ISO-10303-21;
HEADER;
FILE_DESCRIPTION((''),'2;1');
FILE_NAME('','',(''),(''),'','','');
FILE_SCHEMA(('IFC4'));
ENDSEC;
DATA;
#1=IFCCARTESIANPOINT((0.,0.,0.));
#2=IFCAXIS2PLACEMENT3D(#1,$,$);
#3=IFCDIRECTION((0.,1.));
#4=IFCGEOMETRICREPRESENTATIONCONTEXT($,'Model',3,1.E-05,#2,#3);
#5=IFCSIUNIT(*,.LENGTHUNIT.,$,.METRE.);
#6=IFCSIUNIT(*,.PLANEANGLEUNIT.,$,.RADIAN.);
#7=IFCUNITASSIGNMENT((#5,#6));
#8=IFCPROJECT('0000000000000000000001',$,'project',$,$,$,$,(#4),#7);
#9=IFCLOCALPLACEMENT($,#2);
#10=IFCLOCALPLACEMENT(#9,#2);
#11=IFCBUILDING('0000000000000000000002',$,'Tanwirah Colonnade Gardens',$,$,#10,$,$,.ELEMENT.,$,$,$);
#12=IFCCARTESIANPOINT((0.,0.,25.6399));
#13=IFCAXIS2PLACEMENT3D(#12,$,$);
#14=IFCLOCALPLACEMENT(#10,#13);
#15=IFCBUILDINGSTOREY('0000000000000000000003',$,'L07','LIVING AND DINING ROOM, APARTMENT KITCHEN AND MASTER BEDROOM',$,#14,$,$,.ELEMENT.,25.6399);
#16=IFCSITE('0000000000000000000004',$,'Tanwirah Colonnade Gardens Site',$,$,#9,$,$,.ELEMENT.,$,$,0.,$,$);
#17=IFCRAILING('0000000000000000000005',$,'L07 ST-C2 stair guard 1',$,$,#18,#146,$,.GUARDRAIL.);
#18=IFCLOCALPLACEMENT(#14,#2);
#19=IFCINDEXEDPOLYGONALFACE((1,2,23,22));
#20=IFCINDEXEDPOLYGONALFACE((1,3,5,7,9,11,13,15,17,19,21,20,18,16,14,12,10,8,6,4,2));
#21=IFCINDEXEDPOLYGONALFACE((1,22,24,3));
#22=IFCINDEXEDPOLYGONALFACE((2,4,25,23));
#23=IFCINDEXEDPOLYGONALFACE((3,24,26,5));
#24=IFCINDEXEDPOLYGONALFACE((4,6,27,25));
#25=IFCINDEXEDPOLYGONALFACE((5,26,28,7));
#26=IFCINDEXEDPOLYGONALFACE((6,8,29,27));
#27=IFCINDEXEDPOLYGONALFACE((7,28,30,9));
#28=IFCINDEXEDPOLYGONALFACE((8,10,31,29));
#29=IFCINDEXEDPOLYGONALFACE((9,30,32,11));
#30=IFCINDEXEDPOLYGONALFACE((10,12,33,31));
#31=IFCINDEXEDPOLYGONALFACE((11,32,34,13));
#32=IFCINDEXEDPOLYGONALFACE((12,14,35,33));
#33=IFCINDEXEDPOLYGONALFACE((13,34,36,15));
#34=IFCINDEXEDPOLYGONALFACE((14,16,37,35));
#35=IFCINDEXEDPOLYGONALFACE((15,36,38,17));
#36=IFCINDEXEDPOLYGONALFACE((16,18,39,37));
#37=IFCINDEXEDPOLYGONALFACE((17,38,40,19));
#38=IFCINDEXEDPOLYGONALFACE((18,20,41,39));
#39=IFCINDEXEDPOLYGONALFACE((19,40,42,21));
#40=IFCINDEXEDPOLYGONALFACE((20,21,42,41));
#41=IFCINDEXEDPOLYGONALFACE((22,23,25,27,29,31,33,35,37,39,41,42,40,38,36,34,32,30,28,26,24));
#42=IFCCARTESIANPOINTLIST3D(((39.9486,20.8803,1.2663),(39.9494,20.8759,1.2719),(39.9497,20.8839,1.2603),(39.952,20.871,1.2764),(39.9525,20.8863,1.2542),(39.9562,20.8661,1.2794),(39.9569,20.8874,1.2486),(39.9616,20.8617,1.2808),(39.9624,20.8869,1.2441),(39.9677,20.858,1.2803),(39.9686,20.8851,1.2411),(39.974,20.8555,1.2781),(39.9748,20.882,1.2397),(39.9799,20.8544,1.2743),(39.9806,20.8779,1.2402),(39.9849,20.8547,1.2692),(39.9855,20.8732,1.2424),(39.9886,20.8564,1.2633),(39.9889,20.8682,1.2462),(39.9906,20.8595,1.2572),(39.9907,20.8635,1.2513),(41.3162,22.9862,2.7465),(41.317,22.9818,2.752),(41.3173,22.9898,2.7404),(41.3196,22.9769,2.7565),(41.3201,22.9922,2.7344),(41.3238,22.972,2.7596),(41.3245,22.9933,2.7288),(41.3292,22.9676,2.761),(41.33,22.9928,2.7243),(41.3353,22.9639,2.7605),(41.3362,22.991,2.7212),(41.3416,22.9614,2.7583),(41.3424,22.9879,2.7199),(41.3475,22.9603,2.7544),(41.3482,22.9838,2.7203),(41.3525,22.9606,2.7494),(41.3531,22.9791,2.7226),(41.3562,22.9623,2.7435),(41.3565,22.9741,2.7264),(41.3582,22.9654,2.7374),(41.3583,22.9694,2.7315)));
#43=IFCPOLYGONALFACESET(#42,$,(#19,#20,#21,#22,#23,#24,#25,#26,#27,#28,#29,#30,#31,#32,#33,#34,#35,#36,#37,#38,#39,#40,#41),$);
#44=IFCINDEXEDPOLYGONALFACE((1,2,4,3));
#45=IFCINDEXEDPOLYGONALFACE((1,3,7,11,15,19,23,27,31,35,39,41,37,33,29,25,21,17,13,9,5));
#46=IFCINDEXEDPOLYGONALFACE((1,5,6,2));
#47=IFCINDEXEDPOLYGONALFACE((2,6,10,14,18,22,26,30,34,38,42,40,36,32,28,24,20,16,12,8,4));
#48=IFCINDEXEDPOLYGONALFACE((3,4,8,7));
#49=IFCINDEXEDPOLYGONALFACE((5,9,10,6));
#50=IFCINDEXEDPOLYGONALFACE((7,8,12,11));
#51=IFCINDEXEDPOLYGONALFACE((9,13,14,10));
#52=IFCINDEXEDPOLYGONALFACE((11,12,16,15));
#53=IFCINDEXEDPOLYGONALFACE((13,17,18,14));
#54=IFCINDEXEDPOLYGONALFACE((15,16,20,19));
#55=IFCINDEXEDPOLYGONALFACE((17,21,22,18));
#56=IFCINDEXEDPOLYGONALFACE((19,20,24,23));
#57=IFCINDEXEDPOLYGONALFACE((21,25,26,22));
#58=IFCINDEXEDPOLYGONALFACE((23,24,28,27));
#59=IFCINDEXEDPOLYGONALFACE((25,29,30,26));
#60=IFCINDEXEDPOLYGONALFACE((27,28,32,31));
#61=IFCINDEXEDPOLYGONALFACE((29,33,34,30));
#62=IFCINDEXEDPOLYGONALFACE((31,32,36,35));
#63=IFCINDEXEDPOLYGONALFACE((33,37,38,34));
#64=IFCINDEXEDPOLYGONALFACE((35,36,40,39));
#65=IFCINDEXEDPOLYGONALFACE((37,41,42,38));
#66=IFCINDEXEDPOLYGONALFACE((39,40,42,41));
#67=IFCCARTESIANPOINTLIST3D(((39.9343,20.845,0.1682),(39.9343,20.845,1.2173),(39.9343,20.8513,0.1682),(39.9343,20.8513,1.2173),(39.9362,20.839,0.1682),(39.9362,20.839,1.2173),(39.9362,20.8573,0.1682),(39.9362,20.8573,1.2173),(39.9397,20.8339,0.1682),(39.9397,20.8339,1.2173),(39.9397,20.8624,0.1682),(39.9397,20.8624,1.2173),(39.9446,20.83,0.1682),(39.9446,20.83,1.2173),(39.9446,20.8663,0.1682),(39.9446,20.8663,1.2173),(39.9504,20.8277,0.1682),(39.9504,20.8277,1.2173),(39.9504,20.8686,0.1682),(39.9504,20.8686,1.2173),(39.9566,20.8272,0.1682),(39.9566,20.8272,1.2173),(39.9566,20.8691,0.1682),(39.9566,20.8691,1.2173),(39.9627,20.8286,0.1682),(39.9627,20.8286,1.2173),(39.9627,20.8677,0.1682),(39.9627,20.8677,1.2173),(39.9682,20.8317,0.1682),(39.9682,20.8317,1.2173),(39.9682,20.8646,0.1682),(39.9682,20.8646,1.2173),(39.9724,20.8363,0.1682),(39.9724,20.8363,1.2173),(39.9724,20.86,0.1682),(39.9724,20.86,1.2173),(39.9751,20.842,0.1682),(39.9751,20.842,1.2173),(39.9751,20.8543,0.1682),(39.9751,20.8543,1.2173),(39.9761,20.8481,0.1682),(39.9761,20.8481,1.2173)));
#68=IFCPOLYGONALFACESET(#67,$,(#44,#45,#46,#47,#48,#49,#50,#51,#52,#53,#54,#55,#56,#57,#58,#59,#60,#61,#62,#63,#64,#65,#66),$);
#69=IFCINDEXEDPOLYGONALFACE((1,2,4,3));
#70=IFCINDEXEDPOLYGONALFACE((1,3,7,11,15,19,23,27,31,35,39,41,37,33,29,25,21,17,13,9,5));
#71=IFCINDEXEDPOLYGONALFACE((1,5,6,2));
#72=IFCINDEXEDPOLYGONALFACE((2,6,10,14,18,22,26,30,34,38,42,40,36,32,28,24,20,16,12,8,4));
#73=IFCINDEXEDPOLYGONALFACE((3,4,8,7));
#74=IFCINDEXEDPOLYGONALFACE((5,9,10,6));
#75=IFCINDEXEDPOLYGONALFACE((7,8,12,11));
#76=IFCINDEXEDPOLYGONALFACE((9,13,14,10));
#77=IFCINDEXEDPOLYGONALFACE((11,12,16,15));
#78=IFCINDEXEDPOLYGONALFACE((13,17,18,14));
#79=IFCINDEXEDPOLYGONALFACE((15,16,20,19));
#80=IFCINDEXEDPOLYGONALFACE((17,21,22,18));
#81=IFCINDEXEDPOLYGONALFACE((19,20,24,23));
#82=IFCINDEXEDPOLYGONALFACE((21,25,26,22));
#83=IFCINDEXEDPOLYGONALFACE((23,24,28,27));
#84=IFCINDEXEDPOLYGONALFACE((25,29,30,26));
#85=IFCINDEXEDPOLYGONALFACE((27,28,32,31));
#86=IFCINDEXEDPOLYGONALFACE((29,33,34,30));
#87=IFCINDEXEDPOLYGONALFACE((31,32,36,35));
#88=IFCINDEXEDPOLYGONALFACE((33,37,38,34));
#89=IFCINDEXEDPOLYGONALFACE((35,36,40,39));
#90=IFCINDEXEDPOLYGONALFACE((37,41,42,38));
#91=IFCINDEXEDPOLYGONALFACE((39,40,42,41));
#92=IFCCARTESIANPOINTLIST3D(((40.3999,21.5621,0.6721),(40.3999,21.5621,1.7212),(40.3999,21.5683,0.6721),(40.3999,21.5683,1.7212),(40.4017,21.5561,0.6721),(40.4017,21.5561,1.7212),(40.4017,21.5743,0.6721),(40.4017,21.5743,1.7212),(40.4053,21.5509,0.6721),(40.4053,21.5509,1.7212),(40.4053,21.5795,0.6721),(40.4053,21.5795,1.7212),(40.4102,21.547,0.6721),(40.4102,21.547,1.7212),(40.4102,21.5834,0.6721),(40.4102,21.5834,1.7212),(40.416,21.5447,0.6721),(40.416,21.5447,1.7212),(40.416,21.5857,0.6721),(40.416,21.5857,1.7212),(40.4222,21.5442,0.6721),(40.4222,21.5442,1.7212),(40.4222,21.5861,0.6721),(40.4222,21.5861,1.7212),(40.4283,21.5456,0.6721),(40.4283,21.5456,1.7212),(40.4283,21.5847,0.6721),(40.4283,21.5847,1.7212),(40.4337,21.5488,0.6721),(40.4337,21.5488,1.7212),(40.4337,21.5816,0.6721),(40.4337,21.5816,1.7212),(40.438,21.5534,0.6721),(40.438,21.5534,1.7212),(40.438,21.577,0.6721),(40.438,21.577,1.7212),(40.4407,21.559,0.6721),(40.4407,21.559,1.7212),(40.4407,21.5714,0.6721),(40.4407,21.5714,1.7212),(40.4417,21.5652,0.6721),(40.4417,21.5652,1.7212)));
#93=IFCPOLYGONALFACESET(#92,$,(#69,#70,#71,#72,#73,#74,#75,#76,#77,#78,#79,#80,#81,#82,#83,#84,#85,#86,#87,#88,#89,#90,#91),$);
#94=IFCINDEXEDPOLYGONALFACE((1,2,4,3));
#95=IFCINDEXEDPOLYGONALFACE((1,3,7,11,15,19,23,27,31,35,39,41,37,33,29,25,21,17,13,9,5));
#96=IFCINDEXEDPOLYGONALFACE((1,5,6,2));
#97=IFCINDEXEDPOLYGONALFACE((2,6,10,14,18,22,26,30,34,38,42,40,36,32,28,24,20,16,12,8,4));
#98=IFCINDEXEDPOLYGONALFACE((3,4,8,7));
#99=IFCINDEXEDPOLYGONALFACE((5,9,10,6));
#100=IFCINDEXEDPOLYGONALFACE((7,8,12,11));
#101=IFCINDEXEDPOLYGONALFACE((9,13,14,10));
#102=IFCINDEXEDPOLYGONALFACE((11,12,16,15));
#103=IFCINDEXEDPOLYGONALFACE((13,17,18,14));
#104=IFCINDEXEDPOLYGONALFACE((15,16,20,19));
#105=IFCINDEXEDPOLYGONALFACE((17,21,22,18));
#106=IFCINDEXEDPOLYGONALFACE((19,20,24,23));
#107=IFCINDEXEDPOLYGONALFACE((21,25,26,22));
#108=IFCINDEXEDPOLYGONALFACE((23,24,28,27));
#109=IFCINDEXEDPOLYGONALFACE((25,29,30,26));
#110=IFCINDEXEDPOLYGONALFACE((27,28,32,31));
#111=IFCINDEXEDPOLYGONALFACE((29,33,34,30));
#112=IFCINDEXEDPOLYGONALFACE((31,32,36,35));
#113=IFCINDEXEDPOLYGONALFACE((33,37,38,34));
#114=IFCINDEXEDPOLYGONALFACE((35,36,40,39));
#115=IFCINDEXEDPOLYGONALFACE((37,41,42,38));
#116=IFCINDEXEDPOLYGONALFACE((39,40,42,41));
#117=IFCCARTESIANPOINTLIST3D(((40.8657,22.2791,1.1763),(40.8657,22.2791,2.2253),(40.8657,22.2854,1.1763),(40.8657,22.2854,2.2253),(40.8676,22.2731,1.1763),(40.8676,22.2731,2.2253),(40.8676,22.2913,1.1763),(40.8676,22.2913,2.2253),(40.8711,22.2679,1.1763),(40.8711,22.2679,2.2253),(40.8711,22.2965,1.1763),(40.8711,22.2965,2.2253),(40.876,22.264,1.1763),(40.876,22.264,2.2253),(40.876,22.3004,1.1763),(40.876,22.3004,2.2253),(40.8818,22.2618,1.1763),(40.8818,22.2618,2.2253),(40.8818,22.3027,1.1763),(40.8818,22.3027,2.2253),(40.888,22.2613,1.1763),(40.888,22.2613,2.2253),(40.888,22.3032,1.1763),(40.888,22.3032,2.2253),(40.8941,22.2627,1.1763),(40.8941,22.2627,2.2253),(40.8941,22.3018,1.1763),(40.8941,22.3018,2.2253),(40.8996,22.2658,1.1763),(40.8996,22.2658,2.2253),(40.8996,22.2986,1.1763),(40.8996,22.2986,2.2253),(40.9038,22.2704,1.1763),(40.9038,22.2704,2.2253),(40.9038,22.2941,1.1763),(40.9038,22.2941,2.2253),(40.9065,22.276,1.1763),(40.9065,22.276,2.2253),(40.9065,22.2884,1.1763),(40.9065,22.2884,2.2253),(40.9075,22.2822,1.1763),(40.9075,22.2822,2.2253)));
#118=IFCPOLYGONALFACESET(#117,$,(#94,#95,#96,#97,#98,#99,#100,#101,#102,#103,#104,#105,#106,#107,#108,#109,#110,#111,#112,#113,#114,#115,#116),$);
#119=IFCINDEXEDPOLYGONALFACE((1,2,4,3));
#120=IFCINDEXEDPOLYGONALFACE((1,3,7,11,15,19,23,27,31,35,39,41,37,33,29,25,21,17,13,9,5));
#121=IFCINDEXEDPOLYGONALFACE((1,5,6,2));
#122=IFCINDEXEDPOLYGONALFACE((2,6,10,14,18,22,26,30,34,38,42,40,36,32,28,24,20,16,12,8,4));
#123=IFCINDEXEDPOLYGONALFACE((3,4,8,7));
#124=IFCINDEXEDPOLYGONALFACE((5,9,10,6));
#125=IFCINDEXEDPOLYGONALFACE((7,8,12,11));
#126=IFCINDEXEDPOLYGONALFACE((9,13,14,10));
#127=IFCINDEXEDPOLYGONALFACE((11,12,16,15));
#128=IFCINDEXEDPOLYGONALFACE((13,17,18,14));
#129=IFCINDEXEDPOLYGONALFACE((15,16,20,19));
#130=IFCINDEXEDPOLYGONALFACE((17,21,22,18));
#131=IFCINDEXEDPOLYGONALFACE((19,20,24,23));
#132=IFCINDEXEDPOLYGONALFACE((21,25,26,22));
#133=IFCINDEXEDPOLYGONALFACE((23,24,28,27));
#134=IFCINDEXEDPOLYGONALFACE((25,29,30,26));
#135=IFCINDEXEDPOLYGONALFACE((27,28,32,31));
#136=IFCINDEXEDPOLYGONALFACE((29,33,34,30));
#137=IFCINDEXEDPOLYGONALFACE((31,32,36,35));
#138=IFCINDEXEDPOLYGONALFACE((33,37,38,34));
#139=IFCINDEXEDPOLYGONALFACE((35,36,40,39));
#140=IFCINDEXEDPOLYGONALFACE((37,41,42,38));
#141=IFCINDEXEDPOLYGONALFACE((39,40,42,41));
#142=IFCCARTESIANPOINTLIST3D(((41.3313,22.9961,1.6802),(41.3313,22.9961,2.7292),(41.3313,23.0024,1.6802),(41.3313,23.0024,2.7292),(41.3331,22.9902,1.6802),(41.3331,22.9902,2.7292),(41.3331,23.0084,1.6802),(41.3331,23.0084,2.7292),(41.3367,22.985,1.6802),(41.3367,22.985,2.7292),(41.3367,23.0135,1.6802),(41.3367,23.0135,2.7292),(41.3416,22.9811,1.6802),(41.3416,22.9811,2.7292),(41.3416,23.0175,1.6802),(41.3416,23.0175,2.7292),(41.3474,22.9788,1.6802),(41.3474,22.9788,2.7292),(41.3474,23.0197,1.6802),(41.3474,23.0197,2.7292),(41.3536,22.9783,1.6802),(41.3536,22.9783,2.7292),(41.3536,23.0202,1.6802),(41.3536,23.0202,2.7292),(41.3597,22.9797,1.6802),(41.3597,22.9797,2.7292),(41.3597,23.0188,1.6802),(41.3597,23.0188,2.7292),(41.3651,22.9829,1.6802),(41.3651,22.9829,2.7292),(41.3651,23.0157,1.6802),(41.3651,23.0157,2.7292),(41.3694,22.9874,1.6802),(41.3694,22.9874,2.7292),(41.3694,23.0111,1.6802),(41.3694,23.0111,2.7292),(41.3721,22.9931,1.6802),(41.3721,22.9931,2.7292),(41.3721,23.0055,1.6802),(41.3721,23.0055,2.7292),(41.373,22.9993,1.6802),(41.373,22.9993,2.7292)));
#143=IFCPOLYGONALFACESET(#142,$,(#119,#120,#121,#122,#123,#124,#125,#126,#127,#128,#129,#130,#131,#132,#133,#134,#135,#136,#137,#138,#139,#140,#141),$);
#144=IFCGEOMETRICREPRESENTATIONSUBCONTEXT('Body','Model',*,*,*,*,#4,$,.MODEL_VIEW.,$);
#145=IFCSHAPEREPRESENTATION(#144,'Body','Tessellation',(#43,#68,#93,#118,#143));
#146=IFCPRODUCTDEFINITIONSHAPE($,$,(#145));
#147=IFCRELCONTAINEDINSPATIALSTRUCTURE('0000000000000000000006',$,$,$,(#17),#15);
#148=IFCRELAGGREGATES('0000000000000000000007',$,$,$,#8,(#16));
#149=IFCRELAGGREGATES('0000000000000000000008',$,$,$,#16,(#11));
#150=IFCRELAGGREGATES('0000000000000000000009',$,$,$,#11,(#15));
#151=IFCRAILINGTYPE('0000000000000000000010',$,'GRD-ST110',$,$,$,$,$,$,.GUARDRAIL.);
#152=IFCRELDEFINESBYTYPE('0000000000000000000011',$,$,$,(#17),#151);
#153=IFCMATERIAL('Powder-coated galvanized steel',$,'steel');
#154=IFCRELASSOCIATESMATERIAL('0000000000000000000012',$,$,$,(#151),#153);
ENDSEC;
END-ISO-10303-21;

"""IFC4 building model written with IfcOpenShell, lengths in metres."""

from ifc_helpers import new_model, si_unit, direction, frame, origin, origin_2d, place, context, subcontext, project, spatial, circle, extrude, material, type_object, element, save


model = new_model("IFC4")

# Units and contexts
model_context = context("Model", 3, precision=1e-05, world=origin(), true_north=direction((0.0, 1.0)))
body_context = subcontext(model_context, "Body", "Model", "MODEL_VIEW")
ifc_project = project(units=[si_unit("LENGTHUNIT", "METRE"), si_unit("PLANEANGLEUNIT", "RADIAN")], contexts=[model_context])

# Site, building, storey
site_placement = place(None, origin())
site = spatial("IfcSite", under=ifc_project, at=site_placement, Name="Tanwirah Colonnade Gardens Site", CompositionType="ELEMENT", RefElevation=0.0)
building_placement = place(site_placement, origin())
building = spatial("IfcBuilding", under=site, at=building_placement, Name="Tanwirah Colonnade Gardens", CompositionType="ELEMENT")
storey_placement = place(building_placement, frame((0.0, 0.0, 25.6399)))
storey = spatial("IfcBuildingStorey", under=building, at=storey_placement, Name="L07", Description="LIVING AND DINING ROOM, APARTMENT KITCHEN AND MASTER BEDROOM", CompositionType="ELEMENT", Elevation=25.6399)

# Railing
ifc_material_1 = material(Name="Powder-coated galvanized steel", Category="steel")
railing_type_1 = type_object("IfcRailingType", Name="GRD-ST110", PredefinedType="GUARDRAIL", material=ifc_material_1)
railing_1_placement = place(storey_placement, frame((39.9551, 20.8481, 0.1682)))
element("IfcRailing", 1, at=railing_1_placement, inside=storey, type_object=railing_type_1, Name="L07 ST-C2 stair guard 1", PredefinedType="GUARDRAIL", context=body_context, shape_type="SweptSolid", body=[
    extrude(circle(Radius=0.0239, at=origin_2d()), frame((0.0146, 0.0227, 1.092), z_axis=(0.469193, 0.722484, 0.507814), x_axis=(-0.838668, 0.544644, 0.0)), (0.0, 0.0, 1.0), 2.9148),
    extrude(circle(Radius=0.021, at=origin_2d()), origin(), (0.0, 0.0, 1.0), 1.0491),
    extrude(circle(Radius=0.021, at=origin_2d()), frame((0.4656, 0.717, 0.5039)), (0.0, 0.0, 1.0), 1.0491),
    extrude(circle(Radius=0.021, at=origin_2d()), frame((0.9314, 1.4341, 1.0081)), (0.0, 0.0, 1.0), 1.0491),
    extrude(circle(Radius=0.021, at=origin_2d()), frame((1.397, 2.1511, 1.512)), (0.0, 0.0, 1.0), 1.0491),
])

save(model, "model.ifc")
